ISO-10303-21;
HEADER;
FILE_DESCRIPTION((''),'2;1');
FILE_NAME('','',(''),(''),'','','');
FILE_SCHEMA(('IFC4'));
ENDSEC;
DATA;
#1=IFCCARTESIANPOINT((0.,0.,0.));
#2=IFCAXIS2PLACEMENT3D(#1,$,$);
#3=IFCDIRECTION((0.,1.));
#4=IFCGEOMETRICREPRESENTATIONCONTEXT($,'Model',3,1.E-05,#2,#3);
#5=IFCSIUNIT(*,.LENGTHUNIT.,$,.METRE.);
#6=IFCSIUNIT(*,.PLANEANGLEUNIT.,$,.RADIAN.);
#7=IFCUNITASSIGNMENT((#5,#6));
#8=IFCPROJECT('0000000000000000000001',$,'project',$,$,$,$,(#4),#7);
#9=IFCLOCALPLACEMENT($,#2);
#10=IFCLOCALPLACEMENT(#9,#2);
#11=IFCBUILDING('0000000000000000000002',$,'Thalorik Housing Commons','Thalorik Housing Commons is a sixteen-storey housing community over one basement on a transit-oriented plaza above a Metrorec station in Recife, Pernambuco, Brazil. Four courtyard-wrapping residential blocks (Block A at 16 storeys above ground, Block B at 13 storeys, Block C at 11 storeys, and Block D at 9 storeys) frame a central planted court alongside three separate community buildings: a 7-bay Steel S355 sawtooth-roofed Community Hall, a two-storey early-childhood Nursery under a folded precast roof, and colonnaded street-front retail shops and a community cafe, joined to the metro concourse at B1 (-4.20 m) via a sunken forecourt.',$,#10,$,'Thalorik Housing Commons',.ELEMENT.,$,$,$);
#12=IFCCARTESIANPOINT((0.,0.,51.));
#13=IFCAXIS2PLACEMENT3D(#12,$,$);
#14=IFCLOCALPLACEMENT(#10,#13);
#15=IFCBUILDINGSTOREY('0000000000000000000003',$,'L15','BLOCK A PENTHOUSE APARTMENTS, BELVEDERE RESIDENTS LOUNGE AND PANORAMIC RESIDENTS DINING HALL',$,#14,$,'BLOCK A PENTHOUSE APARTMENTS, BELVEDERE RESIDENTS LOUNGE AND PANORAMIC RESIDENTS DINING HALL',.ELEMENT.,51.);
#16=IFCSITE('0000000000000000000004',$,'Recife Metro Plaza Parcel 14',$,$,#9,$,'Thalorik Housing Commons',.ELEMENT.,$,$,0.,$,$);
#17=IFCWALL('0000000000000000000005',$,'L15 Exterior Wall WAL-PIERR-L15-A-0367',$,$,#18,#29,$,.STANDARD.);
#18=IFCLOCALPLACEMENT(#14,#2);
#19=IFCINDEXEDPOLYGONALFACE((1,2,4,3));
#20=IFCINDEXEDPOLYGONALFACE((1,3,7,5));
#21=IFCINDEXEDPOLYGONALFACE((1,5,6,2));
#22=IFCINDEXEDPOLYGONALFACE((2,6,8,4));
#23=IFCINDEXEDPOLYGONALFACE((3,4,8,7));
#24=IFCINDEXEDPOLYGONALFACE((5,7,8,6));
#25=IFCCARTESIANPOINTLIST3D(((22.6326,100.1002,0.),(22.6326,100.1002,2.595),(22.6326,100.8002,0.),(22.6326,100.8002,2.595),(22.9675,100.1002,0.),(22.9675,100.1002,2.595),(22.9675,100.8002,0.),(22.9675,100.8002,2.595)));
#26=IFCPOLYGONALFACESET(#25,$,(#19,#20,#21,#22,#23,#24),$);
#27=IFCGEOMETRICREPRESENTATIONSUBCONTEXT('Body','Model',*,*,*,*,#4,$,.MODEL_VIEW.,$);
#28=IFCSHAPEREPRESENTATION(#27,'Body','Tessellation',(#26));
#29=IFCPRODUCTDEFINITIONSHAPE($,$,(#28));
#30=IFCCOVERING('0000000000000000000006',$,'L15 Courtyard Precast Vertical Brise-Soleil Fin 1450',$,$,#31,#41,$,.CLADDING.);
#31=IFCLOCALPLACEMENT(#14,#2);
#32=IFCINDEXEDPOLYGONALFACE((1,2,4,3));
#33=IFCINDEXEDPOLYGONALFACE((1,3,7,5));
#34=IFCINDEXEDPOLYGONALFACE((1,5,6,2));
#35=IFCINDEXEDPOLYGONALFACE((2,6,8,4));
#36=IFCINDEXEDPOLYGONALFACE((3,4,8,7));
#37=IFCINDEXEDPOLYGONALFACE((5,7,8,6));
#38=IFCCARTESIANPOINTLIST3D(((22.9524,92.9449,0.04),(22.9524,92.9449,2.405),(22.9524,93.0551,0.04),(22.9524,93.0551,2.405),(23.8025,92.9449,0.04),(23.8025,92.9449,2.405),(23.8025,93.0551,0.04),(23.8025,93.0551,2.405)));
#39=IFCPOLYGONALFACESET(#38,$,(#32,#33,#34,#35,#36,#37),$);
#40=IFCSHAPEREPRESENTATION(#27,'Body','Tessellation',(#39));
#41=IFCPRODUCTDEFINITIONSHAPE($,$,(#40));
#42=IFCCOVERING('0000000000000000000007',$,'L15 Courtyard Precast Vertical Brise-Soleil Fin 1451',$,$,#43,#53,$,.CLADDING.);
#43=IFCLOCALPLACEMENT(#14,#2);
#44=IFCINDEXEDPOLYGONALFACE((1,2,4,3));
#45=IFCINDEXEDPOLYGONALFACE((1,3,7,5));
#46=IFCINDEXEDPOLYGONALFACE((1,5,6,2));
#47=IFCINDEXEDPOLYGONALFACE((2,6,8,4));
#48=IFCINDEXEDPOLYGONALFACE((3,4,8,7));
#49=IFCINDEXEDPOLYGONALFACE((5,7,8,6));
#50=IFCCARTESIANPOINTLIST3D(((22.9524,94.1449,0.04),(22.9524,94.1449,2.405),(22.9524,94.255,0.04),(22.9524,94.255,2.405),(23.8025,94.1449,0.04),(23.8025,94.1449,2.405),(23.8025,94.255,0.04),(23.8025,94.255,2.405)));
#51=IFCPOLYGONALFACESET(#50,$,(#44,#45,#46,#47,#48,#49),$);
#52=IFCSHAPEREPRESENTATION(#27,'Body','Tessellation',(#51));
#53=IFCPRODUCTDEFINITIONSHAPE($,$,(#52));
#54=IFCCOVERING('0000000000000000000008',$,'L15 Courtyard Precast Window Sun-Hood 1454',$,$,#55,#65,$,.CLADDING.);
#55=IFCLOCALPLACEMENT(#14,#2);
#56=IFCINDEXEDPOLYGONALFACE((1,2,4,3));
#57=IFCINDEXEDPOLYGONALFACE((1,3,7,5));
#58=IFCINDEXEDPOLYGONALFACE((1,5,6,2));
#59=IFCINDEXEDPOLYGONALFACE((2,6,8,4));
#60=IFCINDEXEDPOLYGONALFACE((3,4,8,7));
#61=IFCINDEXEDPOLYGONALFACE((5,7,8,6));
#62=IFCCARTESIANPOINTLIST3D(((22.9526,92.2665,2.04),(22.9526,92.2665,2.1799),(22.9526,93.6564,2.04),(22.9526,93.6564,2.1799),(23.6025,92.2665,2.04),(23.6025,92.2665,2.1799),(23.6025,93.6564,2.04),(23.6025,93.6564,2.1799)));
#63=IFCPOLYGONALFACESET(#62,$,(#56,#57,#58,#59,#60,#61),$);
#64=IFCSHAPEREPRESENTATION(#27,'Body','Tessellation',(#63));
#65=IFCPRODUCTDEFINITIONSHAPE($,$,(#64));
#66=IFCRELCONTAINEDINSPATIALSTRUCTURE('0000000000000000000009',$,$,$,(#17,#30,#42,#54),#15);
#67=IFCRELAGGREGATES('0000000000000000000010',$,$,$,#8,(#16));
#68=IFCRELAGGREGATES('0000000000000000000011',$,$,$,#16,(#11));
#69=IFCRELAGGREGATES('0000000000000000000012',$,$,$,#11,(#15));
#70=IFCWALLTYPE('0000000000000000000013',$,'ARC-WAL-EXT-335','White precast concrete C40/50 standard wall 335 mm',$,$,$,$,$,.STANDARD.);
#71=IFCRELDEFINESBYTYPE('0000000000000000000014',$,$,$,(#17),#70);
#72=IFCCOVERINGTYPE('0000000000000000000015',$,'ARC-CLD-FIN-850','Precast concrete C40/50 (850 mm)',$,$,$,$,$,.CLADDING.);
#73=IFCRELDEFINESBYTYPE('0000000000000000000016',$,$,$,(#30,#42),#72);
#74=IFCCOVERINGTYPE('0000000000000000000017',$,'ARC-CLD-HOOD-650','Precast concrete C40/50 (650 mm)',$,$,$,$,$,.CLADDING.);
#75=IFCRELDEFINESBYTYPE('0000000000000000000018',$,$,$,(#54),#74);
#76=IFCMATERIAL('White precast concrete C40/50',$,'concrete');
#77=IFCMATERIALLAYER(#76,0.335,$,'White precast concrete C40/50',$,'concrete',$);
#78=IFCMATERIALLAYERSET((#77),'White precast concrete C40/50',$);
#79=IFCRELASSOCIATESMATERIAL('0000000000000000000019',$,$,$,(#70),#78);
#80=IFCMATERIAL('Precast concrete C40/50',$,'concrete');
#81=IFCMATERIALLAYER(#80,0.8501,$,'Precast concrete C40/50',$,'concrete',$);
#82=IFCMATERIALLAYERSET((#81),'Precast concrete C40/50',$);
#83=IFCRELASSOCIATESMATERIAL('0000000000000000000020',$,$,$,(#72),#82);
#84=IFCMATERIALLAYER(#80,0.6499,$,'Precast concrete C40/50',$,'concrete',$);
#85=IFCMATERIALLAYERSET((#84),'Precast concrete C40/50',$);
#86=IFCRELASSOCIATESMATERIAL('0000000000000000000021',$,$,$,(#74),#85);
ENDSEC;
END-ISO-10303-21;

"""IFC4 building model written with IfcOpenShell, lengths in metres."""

from ifc_helpers import new_model, si_unit, direction, frame, frame_2d, origin, origin_2d, place, context, subcontext, project, spatial, rectangle, extrude, material, layer, layer_set, type_object, element, save


model = new_model("IFC4")

# Units and contexts
model_context = context("Model", 3, precision=1e-05, world=origin(), true_north=direction((0.0, 1.0)))
body_context = subcontext(model_context, "Body", "Model", "MODEL_VIEW")
ifc_project = project(units=[si_unit("LENGTHUNIT", "METRE"), si_unit("PLANEANGLEUNIT", "RADIAN")], contexts=[model_context])

# Site, building, storey
site_placement = place(None, origin())
site = spatial("IfcSite", under=ifc_project, at=site_placement, Name="Recife Metro Plaza Parcel 14", LongName="Thalorik Housing Commons", CompositionType="ELEMENT", RefElevation=0.0)
building_placement = place(site_placement, origin())
building = spatial("IfcBuilding", under=site, at=building_placement, Name="Thalorik Housing Commons", Description="Thalorik Housing Commons is a sixteen-storey housing community over one basement on a transit-oriented plaza above a Metrorec station in Recife, Pernambuco, Brazil. Four courtyard-wrapping residential blocks (Block A at 16 storeys above ground, Block B at 13 storeys, Block C at 11 storeys, and Block D at 9 storeys) frame a central planted court alongside three separate community buildings: a 7-bay Steel S355 sawtooth-roofed Community Hall, a two-storey early-childhood Nursery under a folded precast roof, and colonnaded street-front retail shops and a community cafe, joined to the metro concourse at B1 (-4.20 m) via a sunken forecourt.", LongName="Thalorik Housing Commons", CompositionType="ELEMENT")
storey_placement = place(building_placement, frame((0.0, 0.0, 51.0)))
storey = spatial("IfcBuildingStorey", under=building, at=storey_placement, Name="L15", Description="BLOCK A PENTHOUSE APARTMENTS, BELVEDERE RESIDENTS LOUNGE AND PANORAMIC RESIDENTS DINING HALL", LongName="BLOCK A PENTHOUSE APARTMENTS, BELVEDERE RESIDENTS LOUNGE AND PANORAMIC RESIDENTS DINING HALL", CompositionType="ELEMENT", Elevation=51.0)

# Shared definitions
ifc_material_1 = material(Name="Precast concrete C40/50", Category="concrete")

# Wall
ifc_material_2 = material(Name="White precast concrete C40/50", Category="concrete")
ifc_layer_1 = layer(ifc_material_2, 0.335, Name="White precast concrete C40/50", Category="concrete")
ifc_layer_set_1 = layer_set([ifc_layer_1], Name="White precast concrete C40/50")
wall_type = type_object("IfcWallType", Name="ARC-WAL-EXT-335", Description="White precast concrete C40/50 standard wall 335 mm", PredefinedType="STANDARD", material=ifc_layer_set_1)
for number, where, z_axis, x_axis, name in (
    (1, (22.8, 100.1001, 0.0), (0.0, 0.0, 1.0), (0.0, 1.0, 0.0), "L15 Exterior Wall WAL-PIERR-L15-A-0367"),
):
    element("IfcWall", number, at=place(storey_placement, frame(where, z_axis=z_axis, x_axis=x_axis)), inside=storey, type_object=wall_type, Name=name, PredefinedType="STANDARD", context=body_context, shape_type="SweptSolid", body=[
        extrude(rectangle(XDim=0.7, YDim=0.335, at=frame_2d((0.3501, 0.0))), origin(), (0.0, 0.0, 1.0), 2.595),
    ])

# Coverings
ifc_layer_2 = layer(ifc_material_1, 0.8501, Name="Precast concrete C40/50", Category="concrete")
ifc_layer_set_2 = layer_set([ifc_layer_2], Name="Precast concrete C40/50")
covering_type_1 = type_object("IfcCoveringType", Name="ARC-CLD-FIN-850", Description="Precast concrete C40/50 (850 mm)", PredefinedType="CLADDING", material=ifc_layer_set_2)
for number, where, z_axis, x_axis, name in (
    (2, (23.3774, 93.0, 0.04), (0.0, 0.0, 1.0), (0.0, 1.0, 0.0), "L15 Courtyard Precast Vertical Brise-Soleil Fin 1450"),
    (3, (23.3774, 94.2, 0.04), (0.0, 0.0, 1.0), (0.0, 1.0, 0.0), "L15 Courtyard Precast Vertical Brise-Soleil Fin 1451"),
):
    element("IfcCovering", number, at=place(storey_placement, frame(where, z_axis=z_axis, x_axis=x_axis)), inside=storey, type_object=covering_type_1, Name=name, PredefinedType="CLADDING", context=body_context, shape_type="SweptSolid", body=[
        extrude(rectangle(XDim=0.1101, YDim=0.8501, at=origin_2d()), origin(), (0.0, 0.0, 1.0), 2.365),
    ])
ifc_layer_3 = layer(ifc_material_1, 0.6499, Name="Precast concrete C40/50", Category="concrete")
ifc_layer_set_3 = layer_set([ifc_layer_3], Name="Precast concrete C40/50")
covering_type_2 = type_object("IfcCoveringType", Name="ARC-CLD-HOOD-650", Description="Precast concrete C40/50 (650 mm)", PredefinedType="CLADDING", material=ifc_layer_set_3)
covering_placement = place(storey_placement, frame((23.2776, 92.9614, 2.04), z_axis=(0.0, 0.0, 1.0), x_axis=(0.0, 1.0, 0.0)))
element("IfcCovering", 4, at=covering_placement, inside=storey, type_object=covering_type_2, Name="L15 Courtyard Precast Window Sun-Hood 1454", PredefinedType="CLADDING", context=body_context, shape_type="SweptSolid", body=[
    extrude(rectangle(XDim=1.3899, YDim=0.6499, at=origin_2d()), origin(), (0.0, 0.0, 1.0), 0.1399),
])

save(model, "model.ifc")
